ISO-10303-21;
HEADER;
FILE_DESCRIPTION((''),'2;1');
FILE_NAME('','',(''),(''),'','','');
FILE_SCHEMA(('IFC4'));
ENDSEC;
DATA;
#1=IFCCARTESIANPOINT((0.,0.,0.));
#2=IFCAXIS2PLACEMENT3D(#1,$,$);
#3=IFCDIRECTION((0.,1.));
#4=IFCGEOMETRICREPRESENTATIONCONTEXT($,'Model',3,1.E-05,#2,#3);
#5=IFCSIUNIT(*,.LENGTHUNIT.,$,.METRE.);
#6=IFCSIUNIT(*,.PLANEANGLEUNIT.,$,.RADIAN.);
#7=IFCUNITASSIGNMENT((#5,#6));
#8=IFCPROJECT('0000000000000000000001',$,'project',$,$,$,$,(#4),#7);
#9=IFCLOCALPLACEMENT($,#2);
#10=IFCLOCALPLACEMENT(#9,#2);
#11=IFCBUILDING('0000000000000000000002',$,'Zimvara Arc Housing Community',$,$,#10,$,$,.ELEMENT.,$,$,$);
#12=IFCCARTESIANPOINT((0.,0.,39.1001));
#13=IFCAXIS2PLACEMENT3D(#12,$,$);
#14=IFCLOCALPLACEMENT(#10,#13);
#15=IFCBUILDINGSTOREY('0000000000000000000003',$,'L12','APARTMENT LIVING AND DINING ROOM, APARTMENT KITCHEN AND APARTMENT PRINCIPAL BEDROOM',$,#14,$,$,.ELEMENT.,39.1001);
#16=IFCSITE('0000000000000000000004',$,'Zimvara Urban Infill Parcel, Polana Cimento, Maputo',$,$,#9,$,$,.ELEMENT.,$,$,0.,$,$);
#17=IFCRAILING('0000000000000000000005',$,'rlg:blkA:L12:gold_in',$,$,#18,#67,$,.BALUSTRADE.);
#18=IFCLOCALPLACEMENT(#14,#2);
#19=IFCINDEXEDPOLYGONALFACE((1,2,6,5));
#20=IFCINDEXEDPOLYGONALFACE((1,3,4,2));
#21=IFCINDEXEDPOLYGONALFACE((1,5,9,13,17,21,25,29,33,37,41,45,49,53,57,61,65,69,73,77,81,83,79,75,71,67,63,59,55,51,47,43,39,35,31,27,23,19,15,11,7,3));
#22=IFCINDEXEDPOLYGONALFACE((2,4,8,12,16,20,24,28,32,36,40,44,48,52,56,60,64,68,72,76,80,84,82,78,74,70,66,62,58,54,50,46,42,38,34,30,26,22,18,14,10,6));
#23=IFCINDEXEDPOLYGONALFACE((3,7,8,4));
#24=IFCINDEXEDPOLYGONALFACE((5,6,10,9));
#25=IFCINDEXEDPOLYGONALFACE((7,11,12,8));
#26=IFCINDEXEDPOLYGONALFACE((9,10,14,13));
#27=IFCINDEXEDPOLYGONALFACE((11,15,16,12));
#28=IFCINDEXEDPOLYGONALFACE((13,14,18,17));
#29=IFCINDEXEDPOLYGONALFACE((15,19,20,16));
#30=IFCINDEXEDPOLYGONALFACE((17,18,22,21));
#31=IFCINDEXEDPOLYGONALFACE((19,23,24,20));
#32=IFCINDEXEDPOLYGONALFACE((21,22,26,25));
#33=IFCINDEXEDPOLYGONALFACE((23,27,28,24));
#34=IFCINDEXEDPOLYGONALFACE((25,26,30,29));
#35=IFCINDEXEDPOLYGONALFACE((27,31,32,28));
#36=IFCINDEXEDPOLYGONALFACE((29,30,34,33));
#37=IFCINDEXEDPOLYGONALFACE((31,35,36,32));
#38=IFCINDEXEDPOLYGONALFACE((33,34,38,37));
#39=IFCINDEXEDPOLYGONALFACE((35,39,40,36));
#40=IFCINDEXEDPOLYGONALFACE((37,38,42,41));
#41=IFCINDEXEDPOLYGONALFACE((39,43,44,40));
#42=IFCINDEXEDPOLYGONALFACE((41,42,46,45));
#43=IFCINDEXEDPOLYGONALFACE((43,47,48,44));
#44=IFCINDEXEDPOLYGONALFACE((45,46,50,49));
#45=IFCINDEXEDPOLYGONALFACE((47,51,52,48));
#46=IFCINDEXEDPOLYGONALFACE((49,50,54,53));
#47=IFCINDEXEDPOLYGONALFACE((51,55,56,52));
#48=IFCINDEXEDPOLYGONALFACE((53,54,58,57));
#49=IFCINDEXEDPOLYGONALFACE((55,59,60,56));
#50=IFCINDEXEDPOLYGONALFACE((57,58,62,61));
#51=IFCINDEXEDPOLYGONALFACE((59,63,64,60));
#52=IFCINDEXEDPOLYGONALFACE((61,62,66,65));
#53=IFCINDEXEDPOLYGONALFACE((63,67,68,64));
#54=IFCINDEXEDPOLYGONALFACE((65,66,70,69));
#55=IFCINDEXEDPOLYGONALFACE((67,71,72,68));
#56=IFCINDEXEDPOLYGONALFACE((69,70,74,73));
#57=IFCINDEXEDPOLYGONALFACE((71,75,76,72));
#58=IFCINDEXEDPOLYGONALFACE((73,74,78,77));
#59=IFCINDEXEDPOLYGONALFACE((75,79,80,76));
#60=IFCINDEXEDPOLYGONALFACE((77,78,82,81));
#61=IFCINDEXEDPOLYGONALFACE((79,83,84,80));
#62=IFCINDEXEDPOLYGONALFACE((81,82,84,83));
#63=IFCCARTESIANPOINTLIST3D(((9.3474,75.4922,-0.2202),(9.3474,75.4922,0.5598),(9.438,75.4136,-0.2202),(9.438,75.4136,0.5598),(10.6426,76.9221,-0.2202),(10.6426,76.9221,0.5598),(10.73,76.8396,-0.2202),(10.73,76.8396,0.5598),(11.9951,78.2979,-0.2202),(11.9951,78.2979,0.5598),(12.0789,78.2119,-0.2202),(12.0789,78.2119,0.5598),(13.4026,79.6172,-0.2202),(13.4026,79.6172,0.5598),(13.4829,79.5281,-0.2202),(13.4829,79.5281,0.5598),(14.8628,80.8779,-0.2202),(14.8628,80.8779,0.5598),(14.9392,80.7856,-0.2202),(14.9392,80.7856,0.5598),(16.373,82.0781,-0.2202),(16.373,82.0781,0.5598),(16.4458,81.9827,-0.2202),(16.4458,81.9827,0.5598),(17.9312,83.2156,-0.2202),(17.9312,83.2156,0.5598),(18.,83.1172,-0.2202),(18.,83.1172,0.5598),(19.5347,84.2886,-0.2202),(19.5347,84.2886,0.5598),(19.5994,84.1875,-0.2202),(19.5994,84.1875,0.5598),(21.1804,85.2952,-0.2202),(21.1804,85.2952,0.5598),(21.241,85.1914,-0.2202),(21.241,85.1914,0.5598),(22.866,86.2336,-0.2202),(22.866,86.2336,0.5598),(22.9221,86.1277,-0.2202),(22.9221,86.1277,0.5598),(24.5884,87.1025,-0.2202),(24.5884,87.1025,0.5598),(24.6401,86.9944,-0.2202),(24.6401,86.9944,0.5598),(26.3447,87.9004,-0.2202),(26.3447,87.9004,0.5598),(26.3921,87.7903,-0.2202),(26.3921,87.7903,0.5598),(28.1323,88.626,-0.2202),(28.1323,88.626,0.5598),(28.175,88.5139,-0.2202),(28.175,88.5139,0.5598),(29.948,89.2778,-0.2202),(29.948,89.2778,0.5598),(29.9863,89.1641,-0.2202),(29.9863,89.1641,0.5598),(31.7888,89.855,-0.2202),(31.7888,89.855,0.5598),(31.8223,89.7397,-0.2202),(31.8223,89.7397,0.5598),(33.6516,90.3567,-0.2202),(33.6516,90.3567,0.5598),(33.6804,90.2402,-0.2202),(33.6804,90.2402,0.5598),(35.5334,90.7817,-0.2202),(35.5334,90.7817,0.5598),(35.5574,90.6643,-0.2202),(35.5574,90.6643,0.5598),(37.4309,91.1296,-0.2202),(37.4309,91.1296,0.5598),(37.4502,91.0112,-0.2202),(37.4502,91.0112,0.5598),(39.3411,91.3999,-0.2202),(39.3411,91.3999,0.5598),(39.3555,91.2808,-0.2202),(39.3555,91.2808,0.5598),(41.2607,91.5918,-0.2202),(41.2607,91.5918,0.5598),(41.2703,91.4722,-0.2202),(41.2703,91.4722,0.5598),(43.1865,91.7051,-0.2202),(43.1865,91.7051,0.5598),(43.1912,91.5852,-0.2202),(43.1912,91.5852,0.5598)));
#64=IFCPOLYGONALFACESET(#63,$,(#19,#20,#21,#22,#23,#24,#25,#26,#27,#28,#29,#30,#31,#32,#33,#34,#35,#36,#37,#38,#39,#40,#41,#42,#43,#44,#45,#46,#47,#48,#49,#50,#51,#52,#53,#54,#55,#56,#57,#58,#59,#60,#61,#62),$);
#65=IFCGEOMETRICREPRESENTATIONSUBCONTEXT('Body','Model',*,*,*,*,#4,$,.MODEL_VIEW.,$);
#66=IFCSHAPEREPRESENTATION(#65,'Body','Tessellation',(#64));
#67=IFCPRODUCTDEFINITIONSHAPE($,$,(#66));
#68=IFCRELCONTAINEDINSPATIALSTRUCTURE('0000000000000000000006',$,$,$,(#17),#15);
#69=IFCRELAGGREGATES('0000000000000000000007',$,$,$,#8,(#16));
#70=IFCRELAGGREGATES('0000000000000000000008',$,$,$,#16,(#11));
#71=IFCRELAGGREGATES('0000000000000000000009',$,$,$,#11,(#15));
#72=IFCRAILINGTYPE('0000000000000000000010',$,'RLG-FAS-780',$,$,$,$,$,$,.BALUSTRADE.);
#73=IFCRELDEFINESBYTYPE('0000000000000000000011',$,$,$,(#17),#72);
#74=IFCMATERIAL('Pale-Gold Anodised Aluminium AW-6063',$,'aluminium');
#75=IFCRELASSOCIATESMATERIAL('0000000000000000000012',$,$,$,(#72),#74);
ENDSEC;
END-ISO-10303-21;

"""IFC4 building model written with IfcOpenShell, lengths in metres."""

from ifc_helpers import new_model, si_unit, direction, frame, origin, place, context, subcontext, project, spatial, polyline, outline, extrude, material, type_object, element, save


model = new_model("IFC4")

# Units and contexts
model_context = context("Model", 3, precision=1e-05, world=origin(), true_north=direction((0.0, 1.0)))
body_context = subcontext(model_context, "Body", "Model", "MODEL_VIEW")
ifc_project = project(units=[si_unit("LENGTHUNIT", "METRE"), si_unit("PLANEANGLEUNIT", "RADIAN")], contexts=[model_context])

# Site, building, storey
site_placement = place(None, origin())
site = spatial("IfcSite", under=ifc_project, at=site_placement, Name="Zimvara Urban Infill Parcel, Polana Cimento, Maputo", CompositionType="ELEMENT", RefElevation=0.0)
building_placement = place(site_placement, origin())
building = spatial("IfcBuilding", under=site, at=building_placement, Name="Zimvara Arc Housing Community", CompositionType="ELEMENT")
storey_placement = place(building_placement, frame((0.0, 0.0, 39.1001)))
storey = spatial("IfcBuildingStorey", under=building, at=storey_placement, Name="L12", Description="APARTMENT LIVING AND DINING ROOM, APARTMENT KITCHEN AND APARTMENT PRINCIPAL BEDROOM", CompositionType="ELEMENT", Elevation=39.1001)

# Railing
ifc_material_1 = material(Name="Pale-Gold Anodised Aluminium AW-6063", Category="aluminium")
railing_type_1 = type_object("IfcRailingType", Name="RLG-FAS-780", PredefinedType="BALUSTRADE", material=ifc_material_1)
railing_1_placement = place(storey_placement, frame((0.0, 0.0, -0.2202)))
element("IfcRailing", 1, at=railing_1_placement, inside=storey, type_object=railing_type_1, Name="rlg:blkA:L12:gold_in", PredefinedType="BALUSTRADE", context=body_context, shape_type="SweptSolid", body=[
    extrude(outline(polyline([(9.438, 75.4136), (10.73, 76.8396), (12.0789, 78.2119), (13.4829, 79.5281), (14.9392, 80.7856), (16.4458, 81.9827), (18.0, 83.1172), (19.5994, 84.1875), (21.241, 85.1914), (22.9221, 86.1277), (24.6401, 86.9944), (26.3921, 87.7903), (28.175, 88.5139), (29.9863, 89.1641), (31.8223, 89.7397), (33.6804, 90.2402), (35.5574, 90.6643), (37.4502, 91.0112), (39.3555, 91.2808), (41.2703, 91.4722), (43.1912, 91.5852), (43.1865, 91.7051), (41.2607, 91.5918), (39.3411, 91.3999), (37.4309, 91.1296), (35.5334, 90.7817), (33.6516, 90.3567), (31.7888, 89.855), (29.948, 89.2778), (28.1323, 88.626), (26.3447, 87.9004), (24.5884, 87.1025), (22.866, 86.2336), (21.1804, 85.2952), (19.5347, 84.2886), (17.9312, 83.2156), (16.373, 82.0781), (14.8628, 80.8779), (13.4026, 79.6172), (11.9951, 78.2979), (10.6426, 76.9221), (9.3474, 75.4922), (9.438, 75.4136)])), origin(), (0.0, 0.0, 1.0), 0.78),
])

save(model, "model.ifc")
